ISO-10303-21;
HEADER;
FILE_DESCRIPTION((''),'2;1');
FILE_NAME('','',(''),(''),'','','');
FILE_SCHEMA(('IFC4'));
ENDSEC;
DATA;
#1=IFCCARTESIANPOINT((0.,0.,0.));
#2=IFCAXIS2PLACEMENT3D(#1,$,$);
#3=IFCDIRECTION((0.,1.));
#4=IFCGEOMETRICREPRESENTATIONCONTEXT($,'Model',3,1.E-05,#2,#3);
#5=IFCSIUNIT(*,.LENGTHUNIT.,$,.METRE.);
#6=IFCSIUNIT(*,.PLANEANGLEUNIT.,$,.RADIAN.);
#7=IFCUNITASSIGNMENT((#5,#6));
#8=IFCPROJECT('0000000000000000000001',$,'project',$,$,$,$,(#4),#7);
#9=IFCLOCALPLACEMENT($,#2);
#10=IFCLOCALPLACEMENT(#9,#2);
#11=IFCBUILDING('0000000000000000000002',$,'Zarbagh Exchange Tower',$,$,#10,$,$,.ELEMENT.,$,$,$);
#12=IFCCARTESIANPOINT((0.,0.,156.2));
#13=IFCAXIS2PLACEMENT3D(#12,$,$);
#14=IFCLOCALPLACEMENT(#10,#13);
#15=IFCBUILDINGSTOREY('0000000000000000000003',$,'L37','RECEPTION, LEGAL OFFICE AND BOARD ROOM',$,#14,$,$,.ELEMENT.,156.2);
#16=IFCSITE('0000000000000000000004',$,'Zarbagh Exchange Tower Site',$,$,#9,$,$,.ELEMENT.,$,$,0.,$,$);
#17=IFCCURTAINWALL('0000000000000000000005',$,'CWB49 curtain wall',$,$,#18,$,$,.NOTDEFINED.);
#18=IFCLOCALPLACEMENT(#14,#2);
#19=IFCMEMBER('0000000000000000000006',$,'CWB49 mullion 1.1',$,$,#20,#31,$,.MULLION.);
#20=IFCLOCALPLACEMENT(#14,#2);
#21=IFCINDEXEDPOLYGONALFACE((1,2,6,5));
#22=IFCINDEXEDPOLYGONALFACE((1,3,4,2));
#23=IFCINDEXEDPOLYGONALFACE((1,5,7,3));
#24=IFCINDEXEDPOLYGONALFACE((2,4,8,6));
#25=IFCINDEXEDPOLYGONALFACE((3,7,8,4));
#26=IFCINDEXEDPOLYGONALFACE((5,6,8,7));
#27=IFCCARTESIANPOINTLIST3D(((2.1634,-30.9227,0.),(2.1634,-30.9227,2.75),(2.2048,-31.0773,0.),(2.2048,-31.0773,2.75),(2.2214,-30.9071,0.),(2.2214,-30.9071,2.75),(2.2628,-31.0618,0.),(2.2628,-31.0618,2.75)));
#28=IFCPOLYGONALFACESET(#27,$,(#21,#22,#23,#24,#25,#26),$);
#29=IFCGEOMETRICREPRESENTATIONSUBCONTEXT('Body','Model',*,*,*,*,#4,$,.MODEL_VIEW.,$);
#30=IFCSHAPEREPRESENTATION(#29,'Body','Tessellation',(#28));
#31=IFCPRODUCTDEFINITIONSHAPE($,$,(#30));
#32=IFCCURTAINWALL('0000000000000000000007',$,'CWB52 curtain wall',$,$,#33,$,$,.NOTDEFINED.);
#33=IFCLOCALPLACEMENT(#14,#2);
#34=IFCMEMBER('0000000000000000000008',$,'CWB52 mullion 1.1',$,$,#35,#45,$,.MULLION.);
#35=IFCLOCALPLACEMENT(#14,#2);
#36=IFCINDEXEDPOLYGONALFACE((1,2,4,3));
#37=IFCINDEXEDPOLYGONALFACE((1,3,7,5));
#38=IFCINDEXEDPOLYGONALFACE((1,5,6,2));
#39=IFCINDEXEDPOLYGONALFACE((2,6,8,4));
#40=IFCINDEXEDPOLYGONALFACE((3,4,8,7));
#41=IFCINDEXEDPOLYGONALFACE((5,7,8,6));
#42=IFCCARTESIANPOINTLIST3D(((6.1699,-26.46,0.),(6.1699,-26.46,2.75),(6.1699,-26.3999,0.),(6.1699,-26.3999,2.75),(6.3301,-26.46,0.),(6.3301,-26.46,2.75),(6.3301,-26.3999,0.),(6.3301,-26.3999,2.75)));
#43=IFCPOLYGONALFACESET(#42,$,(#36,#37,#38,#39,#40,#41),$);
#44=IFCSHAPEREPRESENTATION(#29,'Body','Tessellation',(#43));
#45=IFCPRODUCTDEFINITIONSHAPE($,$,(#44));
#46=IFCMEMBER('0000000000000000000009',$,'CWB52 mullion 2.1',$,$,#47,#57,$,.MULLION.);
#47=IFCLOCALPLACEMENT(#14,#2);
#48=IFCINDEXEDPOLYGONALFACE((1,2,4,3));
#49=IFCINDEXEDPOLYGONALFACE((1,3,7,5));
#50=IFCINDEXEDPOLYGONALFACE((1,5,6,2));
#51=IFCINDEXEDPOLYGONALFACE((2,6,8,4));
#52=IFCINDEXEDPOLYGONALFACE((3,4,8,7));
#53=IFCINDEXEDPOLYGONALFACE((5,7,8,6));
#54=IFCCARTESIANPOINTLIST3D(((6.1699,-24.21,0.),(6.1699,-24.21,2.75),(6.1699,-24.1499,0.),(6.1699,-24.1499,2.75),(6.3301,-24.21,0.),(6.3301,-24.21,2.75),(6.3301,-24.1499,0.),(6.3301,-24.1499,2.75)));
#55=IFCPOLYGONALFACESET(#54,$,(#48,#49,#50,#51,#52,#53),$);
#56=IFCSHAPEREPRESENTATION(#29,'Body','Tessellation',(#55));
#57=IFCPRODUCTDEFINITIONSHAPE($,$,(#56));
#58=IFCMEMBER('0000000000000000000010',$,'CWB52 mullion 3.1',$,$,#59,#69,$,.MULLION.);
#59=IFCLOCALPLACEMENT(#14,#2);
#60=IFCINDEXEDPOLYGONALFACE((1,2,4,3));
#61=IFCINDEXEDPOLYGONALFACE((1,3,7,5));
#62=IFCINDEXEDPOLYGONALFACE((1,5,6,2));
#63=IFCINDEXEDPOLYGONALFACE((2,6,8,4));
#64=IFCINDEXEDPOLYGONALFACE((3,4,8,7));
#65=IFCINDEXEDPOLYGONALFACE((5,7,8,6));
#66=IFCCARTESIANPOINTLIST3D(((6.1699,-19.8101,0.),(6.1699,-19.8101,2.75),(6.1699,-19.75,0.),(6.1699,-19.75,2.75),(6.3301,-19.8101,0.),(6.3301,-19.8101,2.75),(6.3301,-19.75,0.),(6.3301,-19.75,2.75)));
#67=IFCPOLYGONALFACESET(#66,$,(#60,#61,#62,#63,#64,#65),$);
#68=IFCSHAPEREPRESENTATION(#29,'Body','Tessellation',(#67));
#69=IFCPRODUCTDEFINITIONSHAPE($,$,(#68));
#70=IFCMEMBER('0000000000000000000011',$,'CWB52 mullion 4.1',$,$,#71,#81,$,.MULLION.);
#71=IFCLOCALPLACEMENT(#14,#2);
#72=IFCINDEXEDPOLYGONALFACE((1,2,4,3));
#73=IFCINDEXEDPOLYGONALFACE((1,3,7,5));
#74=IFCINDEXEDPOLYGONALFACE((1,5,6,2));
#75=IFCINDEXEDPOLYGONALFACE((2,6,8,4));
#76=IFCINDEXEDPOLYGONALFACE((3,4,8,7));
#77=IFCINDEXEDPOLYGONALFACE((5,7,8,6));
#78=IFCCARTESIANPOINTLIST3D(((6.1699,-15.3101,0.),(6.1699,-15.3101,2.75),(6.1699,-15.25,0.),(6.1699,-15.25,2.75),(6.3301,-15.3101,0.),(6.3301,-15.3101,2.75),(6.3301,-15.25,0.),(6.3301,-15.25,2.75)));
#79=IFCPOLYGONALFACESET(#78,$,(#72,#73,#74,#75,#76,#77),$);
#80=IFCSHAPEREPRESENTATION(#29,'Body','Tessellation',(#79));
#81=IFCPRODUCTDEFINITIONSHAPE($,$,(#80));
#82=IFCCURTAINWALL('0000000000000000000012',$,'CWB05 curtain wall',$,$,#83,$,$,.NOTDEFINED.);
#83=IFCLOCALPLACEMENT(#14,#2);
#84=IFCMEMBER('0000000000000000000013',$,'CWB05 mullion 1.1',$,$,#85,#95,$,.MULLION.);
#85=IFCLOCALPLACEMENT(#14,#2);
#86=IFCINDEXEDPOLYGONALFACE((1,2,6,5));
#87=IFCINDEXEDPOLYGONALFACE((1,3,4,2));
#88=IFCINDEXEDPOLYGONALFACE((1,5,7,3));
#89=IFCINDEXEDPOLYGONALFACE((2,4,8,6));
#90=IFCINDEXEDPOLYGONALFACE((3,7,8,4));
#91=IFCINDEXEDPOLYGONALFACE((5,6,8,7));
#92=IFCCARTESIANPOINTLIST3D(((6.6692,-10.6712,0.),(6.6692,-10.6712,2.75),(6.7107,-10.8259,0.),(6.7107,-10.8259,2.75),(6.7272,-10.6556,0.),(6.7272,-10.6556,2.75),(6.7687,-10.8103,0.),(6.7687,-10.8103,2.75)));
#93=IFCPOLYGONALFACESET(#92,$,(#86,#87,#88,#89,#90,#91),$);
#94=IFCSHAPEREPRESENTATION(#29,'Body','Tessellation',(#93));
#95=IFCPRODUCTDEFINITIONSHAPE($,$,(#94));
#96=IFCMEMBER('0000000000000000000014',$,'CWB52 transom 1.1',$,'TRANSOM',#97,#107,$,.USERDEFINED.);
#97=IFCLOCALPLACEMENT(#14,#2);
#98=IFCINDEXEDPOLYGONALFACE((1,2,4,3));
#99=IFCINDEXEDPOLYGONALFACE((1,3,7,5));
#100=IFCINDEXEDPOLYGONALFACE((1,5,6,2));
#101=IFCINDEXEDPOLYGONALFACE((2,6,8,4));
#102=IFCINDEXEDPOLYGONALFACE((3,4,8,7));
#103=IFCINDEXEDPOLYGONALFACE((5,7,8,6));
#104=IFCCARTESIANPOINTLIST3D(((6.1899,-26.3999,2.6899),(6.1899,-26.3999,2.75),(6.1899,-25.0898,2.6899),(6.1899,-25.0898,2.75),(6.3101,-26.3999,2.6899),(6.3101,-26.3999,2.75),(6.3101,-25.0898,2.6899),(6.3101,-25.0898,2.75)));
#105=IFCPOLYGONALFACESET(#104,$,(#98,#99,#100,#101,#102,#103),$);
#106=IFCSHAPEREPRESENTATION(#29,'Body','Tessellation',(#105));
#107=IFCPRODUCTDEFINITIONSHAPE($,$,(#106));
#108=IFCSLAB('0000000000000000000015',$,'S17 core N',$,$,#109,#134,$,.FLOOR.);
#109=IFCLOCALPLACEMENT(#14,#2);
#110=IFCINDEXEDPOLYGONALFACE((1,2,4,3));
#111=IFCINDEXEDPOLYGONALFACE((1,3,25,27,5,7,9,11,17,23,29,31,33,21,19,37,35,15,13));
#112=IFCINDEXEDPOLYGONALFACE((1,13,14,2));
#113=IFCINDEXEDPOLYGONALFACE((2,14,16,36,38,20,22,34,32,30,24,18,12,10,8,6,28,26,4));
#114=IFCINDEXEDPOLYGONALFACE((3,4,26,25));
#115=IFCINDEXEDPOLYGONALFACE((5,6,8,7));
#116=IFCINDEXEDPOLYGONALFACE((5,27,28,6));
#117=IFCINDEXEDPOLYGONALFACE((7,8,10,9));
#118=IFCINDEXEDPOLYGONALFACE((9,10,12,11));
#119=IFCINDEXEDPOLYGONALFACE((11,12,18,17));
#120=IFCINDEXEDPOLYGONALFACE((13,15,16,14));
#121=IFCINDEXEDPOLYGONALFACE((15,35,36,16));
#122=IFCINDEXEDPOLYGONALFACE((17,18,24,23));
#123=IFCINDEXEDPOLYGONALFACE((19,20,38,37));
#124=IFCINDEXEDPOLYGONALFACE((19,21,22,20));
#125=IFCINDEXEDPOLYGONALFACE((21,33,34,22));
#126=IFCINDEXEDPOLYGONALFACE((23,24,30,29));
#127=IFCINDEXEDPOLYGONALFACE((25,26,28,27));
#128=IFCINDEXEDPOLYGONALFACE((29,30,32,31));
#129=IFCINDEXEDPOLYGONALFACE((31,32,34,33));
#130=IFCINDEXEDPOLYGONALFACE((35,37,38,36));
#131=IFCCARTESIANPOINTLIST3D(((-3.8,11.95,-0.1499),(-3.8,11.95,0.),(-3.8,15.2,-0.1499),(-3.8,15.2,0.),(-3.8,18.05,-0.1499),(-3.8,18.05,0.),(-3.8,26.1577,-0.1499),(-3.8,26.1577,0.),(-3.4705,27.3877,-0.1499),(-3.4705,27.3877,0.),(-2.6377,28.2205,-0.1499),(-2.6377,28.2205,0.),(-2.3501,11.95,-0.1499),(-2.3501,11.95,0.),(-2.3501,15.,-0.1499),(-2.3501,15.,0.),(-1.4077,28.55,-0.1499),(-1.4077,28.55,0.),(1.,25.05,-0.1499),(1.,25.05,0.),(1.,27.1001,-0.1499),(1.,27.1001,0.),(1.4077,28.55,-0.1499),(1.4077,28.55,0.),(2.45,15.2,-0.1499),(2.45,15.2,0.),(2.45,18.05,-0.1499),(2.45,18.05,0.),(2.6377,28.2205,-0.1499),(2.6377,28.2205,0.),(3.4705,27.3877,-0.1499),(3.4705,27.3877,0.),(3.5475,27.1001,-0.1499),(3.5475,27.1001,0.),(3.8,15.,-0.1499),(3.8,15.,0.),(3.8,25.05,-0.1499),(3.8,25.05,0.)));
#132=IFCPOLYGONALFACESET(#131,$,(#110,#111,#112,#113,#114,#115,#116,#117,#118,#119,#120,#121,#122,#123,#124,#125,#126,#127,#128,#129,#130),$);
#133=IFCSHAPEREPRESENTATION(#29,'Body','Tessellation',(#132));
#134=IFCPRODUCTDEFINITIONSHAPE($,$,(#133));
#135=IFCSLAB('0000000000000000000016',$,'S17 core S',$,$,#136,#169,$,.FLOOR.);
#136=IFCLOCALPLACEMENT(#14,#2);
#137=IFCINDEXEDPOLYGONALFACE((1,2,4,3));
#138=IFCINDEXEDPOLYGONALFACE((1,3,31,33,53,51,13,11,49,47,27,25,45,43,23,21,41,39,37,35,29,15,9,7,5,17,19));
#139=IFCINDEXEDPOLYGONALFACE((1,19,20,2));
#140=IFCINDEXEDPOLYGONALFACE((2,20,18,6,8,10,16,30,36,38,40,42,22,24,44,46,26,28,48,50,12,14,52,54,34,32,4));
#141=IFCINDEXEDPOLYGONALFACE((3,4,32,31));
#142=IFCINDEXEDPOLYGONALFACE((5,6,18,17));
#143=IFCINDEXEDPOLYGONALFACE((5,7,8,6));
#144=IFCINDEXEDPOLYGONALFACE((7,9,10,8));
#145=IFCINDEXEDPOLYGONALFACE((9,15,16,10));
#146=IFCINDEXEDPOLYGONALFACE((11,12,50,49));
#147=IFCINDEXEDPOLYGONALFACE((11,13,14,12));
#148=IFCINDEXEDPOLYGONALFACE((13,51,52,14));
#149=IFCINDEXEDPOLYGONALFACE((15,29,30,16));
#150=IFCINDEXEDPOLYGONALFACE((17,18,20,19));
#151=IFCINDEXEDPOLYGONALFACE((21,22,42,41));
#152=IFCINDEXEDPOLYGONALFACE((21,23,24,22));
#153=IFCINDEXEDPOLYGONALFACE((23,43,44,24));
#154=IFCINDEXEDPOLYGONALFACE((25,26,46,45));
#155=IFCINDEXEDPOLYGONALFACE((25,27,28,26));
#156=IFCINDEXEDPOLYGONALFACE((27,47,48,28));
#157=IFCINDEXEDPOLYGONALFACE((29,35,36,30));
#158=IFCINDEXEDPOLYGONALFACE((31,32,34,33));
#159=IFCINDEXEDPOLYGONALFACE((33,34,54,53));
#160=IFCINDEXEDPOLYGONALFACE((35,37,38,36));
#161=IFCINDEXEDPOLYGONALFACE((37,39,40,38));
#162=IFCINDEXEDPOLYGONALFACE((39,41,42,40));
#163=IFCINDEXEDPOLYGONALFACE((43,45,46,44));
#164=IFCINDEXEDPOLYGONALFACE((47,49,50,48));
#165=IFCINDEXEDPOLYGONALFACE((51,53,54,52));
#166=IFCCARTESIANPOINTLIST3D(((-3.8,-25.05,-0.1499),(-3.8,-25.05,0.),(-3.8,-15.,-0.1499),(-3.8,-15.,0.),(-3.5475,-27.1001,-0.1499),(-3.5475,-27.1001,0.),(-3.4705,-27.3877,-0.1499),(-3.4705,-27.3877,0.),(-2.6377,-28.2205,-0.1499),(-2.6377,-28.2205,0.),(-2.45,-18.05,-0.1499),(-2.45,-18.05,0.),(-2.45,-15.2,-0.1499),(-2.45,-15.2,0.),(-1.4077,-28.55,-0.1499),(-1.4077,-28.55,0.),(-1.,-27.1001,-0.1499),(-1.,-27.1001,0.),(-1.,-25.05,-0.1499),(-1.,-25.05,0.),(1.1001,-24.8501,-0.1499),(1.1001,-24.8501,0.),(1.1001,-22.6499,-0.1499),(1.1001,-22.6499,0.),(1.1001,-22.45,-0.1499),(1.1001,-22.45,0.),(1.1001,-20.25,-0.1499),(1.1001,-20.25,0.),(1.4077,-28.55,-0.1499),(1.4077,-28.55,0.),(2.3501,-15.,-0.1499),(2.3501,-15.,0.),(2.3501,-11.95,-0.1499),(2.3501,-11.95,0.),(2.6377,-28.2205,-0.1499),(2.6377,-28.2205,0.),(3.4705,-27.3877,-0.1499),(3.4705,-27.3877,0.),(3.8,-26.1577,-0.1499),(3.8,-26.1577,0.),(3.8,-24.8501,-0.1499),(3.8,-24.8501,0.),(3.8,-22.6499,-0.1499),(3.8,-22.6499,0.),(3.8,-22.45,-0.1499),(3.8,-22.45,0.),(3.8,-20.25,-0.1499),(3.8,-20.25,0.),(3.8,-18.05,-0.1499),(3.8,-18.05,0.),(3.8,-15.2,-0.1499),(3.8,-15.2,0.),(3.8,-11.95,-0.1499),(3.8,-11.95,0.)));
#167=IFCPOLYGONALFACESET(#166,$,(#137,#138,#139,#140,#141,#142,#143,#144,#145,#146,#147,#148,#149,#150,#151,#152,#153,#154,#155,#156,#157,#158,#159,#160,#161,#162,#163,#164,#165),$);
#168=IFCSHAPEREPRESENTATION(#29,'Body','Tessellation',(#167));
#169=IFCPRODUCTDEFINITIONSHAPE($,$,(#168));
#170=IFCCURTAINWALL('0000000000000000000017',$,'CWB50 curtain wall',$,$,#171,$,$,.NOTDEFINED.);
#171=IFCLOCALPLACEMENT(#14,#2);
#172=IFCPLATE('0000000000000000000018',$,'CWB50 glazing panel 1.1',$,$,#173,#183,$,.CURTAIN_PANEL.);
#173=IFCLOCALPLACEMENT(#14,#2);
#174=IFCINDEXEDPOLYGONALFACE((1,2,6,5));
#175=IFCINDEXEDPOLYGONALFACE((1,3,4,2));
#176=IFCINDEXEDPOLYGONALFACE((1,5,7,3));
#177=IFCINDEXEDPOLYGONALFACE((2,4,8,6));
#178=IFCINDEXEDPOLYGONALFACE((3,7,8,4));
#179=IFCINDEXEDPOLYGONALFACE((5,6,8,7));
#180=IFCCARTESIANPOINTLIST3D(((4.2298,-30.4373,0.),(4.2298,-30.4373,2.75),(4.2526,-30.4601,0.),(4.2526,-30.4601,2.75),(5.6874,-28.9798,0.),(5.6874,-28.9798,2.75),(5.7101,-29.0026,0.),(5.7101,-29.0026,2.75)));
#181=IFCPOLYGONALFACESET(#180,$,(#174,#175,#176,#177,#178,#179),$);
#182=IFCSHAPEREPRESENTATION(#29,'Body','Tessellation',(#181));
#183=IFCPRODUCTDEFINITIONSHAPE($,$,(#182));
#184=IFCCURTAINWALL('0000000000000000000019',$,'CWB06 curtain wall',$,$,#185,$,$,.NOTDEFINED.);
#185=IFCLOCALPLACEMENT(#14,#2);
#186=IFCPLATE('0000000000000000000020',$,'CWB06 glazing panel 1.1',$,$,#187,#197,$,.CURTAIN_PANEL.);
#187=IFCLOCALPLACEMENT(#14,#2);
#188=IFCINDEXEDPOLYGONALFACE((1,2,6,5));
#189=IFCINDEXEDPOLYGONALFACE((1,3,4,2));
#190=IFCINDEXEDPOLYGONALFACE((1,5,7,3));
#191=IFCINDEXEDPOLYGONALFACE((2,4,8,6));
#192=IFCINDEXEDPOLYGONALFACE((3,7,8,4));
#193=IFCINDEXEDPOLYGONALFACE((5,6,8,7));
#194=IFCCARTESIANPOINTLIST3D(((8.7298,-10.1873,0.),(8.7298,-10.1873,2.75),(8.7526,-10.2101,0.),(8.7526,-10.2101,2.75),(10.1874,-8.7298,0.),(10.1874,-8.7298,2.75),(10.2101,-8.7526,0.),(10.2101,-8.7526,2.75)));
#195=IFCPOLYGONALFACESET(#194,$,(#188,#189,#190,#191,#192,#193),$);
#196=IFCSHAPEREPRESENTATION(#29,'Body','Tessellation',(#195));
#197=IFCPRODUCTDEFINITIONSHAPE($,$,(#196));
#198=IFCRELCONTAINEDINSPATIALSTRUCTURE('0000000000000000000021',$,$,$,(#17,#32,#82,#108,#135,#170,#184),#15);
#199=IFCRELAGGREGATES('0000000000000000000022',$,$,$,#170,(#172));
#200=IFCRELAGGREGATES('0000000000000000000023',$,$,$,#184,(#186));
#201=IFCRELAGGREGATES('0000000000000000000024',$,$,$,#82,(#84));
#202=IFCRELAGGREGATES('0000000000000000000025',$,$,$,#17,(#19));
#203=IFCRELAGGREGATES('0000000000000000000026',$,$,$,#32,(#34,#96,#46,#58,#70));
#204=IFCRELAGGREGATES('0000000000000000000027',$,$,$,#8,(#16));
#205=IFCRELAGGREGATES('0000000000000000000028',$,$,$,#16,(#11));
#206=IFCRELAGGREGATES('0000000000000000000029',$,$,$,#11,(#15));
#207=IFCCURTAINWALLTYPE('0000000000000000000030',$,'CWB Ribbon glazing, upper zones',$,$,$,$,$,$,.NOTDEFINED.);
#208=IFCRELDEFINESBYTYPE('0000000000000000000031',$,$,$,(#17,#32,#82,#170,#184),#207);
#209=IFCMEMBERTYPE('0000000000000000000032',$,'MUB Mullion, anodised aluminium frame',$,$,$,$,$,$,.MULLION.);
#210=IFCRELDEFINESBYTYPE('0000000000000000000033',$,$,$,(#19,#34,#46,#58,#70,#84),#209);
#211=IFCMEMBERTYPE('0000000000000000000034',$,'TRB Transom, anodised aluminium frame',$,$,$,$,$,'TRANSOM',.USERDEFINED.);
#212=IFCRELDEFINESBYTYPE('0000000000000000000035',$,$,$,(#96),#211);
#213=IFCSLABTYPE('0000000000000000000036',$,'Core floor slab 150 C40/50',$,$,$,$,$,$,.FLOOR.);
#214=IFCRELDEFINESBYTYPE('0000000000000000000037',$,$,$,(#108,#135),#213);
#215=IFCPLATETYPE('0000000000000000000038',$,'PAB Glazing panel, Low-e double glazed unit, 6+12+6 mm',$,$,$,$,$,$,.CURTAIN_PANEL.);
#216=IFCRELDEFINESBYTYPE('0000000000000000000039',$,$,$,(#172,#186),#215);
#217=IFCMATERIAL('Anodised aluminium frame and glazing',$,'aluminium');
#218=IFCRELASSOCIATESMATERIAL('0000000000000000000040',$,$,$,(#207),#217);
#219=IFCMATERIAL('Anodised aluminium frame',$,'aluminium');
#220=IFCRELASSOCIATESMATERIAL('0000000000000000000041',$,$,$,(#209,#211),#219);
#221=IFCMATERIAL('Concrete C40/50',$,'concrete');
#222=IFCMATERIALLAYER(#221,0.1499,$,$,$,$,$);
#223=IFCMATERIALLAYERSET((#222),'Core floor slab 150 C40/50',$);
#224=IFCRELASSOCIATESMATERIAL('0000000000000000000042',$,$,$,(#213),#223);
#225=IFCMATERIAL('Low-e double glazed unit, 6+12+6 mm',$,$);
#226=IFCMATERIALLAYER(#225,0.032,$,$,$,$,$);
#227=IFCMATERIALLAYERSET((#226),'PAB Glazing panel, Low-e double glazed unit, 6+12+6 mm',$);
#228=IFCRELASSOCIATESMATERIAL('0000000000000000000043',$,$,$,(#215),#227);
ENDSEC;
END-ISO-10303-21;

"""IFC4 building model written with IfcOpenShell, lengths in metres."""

from ifc_helpers import new_model, si_unit, direction, frame, origin, place, context, subcontext, project, spatial, polyline, outline, extrude, source, transform, mapped, material, layer, layer_set, type_object, element, aggregate, save


model = new_model("IFC4")

# Units and contexts
model_context = context("Model", 3, precision=1e-05, world=origin(), true_north=direction((0.0, 1.0)))
body_context = subcontext(model_context, "Body", "Model", "MODEL_VIEW")
ifc_project = project(units=[si_unit("LENGTHUNIT", "METRE"), si_unit("PLANEANGLEUNIT", "RADIAN")], contexts=[model_context])

# Site, building, storey
site_placement = place(None, origin())
site = spatial("IfcSite", under=ifc_project, at=site_placement, Name="Zarbagh Exchange Tower Site", CompositionType="ELEMENT", RefElevation=0.0)
building_placement = place(site_placement, origin())
building = spatial("IfcBuilding", under=site, at=building_placement, Name="Zarbagh Exchange Tower", CompositionType="ELEMENT")
storey_placement = place(building_placement, frame((0.0, 0.0, 156.2)))
storey = spatial("IfcBuildingStorey", under=building, at=storey_placement, Name="L37", Description="RECEPTION, LEGAL OFFICE AND BOARD ROOM", CompositionType="ELEMENT", Elevation=156.2)

# Curtain wall, member
ifc_material_1 = material(Name="Anodised aluminium frame and glazing", Category="aluminium")
curtain_wall_type = type_object("IfcCurtainWallType", Name="CWB Ribbon glazing, upper zones", PredefinedType="NOTDEFINED", material=ifc_material_1)
curtain_wall_1_placement = place(storey_placement, origin())
curtain_wall_1 = element("IfcCurtainWall", 1, at=curtain_wall_1_placement, inside=storey, type_object=curtain_wall_type, Name="CWB49 curtain wall", PredefinedType="NOTDEFINED")
ifc_material_2 = material(Name="Anodised aluminium frame", Category="aluminium")
member_type_1 = type_object("IfcMemberType", Name="MUB Mullion, anodised aluminium frame", PredefinedType="MULLION", material=ifc_material_2)
shared_shape_1 = source(origin(), body_context, "Body", "SweptSolid", [
    extrude(outline(polyline([(0.0, -0.0801), (0.0601, -0.0801), (0.0601, 0.0801), (0.0, 0.0801), (0.0, -0.0801)])), origin(), (0.0, 0.0, 1.0), 2.75),
])
placement = place(storey_placement, origin())
member_1 = element("IfcMember", 2, at=placement, type_object=member_type_1, Name="CWB49 mullion 1.1", PredefinedType="MULLION", context=body_context, shape_type="MappedRepresentation", body=[
    mapped(shared_shape_1, transform((2.1841, -31.0, 0.0), x_axis=(0.965924, 0.258825, 0.0), y_axis=(-0.258825, 0.965924, 0.0), z_axis=(0.0, 0.0, 1.0))),
])

# Curtain wall, members
curtain_wall_2_placement = place(storey_placement, origin())
curtain_wall_2 = element("IfcCurtainWall", 3, at=curtain_wall_2_placement, inside=storey, type_object=curtain_wall_type, Name="CWB52 curtain wall", PredefinedType="NOTDEFINED")
member_2 = element("IfcMember", 4, at=placement, type_object=member_type_1, Name="CWB52 mullion 1.1", PredefinedType="MULLION", context=body_context, shape_type="MappedRepresentation", body=[
    mapped(shared_shape_1, transform((6.25, -26.46, 0.0), x_axis=(0.0, 1.0, 0.0), y_axis=(-1.0, 0.0, 0.0), z_axis=(0.0, 0.0, 1.0))),
])
member_3 = element("IfcMember", 5, at=placement, type_object=member_type_1, Name="CWB52 mullion 2.1", PredefinedType="MULLION", context=body_context, shape_type="MappedRepresentation", body=[
    mapped(shared_shape_1, transform((6.25, -24.21, 0.0), x_axis=(0.0, 1.0, 0.0), y_axis=(-1.0, 0.0, 0.0), z_axis=(0.0, 0.0, 1.0))),
])
member_4 = element("IfcMember", 6, at=placement, type_object=member_type_1, Name="CWB52 mullion 3.1", PredefinedType="MULLION", context=body_context, shape_type="MappedRepresentation", body=[
    mapped(shared_shape_1, transform((6.25, -19.8101, 0.0), x_axis=(0.0, 1.0, 0.0), y_axis=(-1.0, 0.0, 0.0), z_axis=(0.0, 0.0, 1.0))),
])
member_5 = element("IfcMember", 7, at=placement, type_object=member_type_1, Name="CWB52 mullion 4.1", PredefinedType="MULLION", context=body_context, shape_type="MappedRepresentation", body=[
    mapped(shared_shape_1, transform((6.25, -15.3101, 0.0), x_axis=(0.0, 1.0, 0.0), y_axis=(-1.0, 0.0, 0.0), z_axis=(0.0, 0.0, 1.0))),
])

# Curtain wall, member
curtain_wall_3_placement = place(storey_placement, origin())
curtain_wall_3 = element("IfcCurtainWall", 8, at=curtain_wall_3_placement, inside=storey, type_object=curtain_wall_type, Name="CWB05 curtain wall", PredefinedType="NOTDEFINED")
member_6 = element("IfcMember", 9, at=placement, type_object=member_type_1, Name="CWB05 mullion 1.1", PredefinedType="MULLION", context=body_context, shape_type="MappedRepresentation", body=[
    mapped(shared_shape_1, transform((6.6899, -10.7485, 0.0), x_axis=(0.965924, 0.258825, 0.0), y_axis=(-0.258825, 0.965924, 0.0), z_axis=(0.0, 0.0, 1.0))),
])

# Member
member_type_2 = type_object("IfcMemberType", Name="TRB Transom, anodised aluminium frame", ElementType="TRANSOM", PredefinedType="USERDEFINED", material=ifc_material_2)
shared_shape_2 = source(origin(), body_context, "Body", "SweptSolid", [
    extrude(outline(polyline([(-0.0601, -0.0601), (0.0, -0.0601), (0.0, 0.0601), (-0.0601, 0.0601), (-0.0601, -0.0601)])), origin(), (0.0, 0.0, 1.0), 1.3101),
])
member_7 = element("IfcMember", 10, at=placement, type_object=member_type_2, Name="CWB52 transom 1.1", ObjectType="TRANSOM", PredefinedType="USERDEFINED", context=body_context, shape_type="MappedRepresentation", body=[
    mapped(shared_shape_2, transform((6.25, -26.3999, 2.75), x_axis=(0.0, 0.0, 1.0), y_axis=(1.0, 0.0, 0.0), z_axis=(0.0, 1.0, 0.0))),
])

# Slabs
ifc_material_3 = material(Name="Concrete C40/50", Category="concrete")
ifc_layer_1 = layer(ifc_material_3, 0.1499)
ifc_layer_set_1 = layer_set([ifc_layer_1], Name="Core floor slab 150 C40/50")
slab_type = type_object("IfcSlabType", Name="Core floor slab 150 C40/50", PredefinedType="FLOOR", material=ifc_layer_set_1)
slab_1_placement = place(storey_placement, frame((0.0, 0.0, -0.1499)))
element("IfcSlab", 11, at=slab_1_placement, inside=storey, type_object=slab_type, Name="S17 core N", PredefinedType="FLOOR", context=body_context, shape_type="SweptSolid", body=[
    extrude(outline(polyline([(-3.8, 11.95), (-3.8, 15.2), (2.45, 15.2), (2.45, 18.05), (-3.8, 18.05), (-3.8, 26.1577), (-3.4705, 27.3877), (-2.6377, 28.2205), (-1.4077, 28.55), (1.4077, 28.55), (2.6377, 28.2205), (3.4705, 27.3877), (3.8, 26.1577), (3.8, 26.1577), (3.5476, 27.1001), (1.0, 27.1001), (1.0, 25.05), (3.8, 25.05), (3.8, 15.0), (-2.3501, 15.0), (-2.3501, 11.95), (-3.8, 11.95)])), origin(), (0.0, 0.0, 1.0), 0.1499),
])
slab_2_placement = place(storey_placement, frame((0.0, 0.0, -0.1499)))
element("IfcSlab", 12, at=slab_2_placement, inside=storey, type_object=slab_type, Name="S17 core S", PredefinedType="FLOOR", context=body_context, shape_type="SweptSolid", body=[
    extrude(outline(polyline([(-2.6377, -28.2205), (-3.4705, -27.3877), (-3.8, -26.1577), (-3.8, -26.1577), (-3.5476, -27.1001), (-1.0, -27.1001), (-1.0, -25.05), (-3.8, -25.05), (-3.8, -15.0), (2.3501, -15.0), (2.3501, -11.95), (3.8, -11.95), (3.8, -15.2), (-2.45, -15.2), (-2.45, -18.05), (3.8, -18.05), (3.8, -20.25), (1.1001, -20.25), (1.1001, -22.45), (3.8, -22.45), (3.8, -22.6499), (1.1001, -22.6499), (1.1001, -24.8501), (3.8, -24.8501), (3.8, -26.1577), (3.4705, -27.3877), (2.6377, -28.2205), (1.4077, -28.55), (-1.4077, -28.55), (-2.6377, -28.2205)])), origin(), (0.0, 0.0, 1.0), 0.1499),
])

# Curtain walls, plates
curtain_wall_4_placement = place(storey_placement, origin())
curtain_wall_4 = element("IfcCurtainWall", 13, at=curtain_wall_4_placement, inside=storey, type_object=curtain_wall_type, Name="CWB50 curtain wall", PredefinedType="NOTDEFINED")
ifc_material_4 = material(Name="Low-e double glazed unit, 6+12+6 mm")
ifc_layer_2 = layer(ifc_material_4, 0.032)
ifc_layer_set_2 = layer_set([ifc_layer_2], Name="PAB Glazing panel, Low-e double glazed unit, 6+12+6 mm")
plate_type = type_object("IfcPlateType", Name="PAB Glazing panel, Low-e double glazed unit, 6+12+6 mm", PredefinedType="CURTAIN_PANEL", material=ifc_layer_set_2)
shared_shape_3 = source(origin(), body_context, "Body", "SweptSolid", [
    extrude(outline(polyline([(0.0, -0.0161), (2.0613, -0.0161), (2.0613, 0.0161), (0.0, 0.0161), (0.0, -0.0161)])), origin(), (0.0, 0.0, 1.0), 2.75),
])
plate_1 = element("IfcPlate", 14, at=placement, type_object=plate_type, Name="CWB50 glazing panel 1.1", PredefinedType="CURTAIN_PANEL", context=body_context, shape_type="MappedRepresentation", body=[
    mapped(shared_shape_3, transform((4.2412, -30.4487, 0.0), x_axis=(0.707107, 0.707107, 0.0), y_axis=(-0.707107, 0.707107, 0.0), z_axis=(0.0, 0.0, 1.0))),
])
aggregate(curtain_wall_4, [plate_1])
curtain_wall_5_placement = place(storey_placement, origin())
curtain_wall_5 = element("IfcCurtainWall", 15, at=curtain_wall_5_placement, inside=storey, type_object=curtain_wall_type, Name="CWB06 curtain wall", PredefinedType="NOTDEFINED")
plate_2 = element("IfcPlate", 16, at=placement, type_object=plate_type, Name="CWB06 glazing panel 1.1", PredefinedType="CURTAIN_PANEL", context=body_context, shape_type="MappedRepresentation", body=[
    mapped(shared_shape_3, transform((8.7412, -10.1987, 0.0), x_axis=(0.707107, 0.707107, 0.0), y_axis=(-0.707107, 0.707107, 0.0), z_axis=(0.0, 0.0, 1.0))),
])
aggregate(curtain_wall_5, [plate_2])

aggregate(curtain_wall_3, [member_6])
aggregate(curtain_wall_1, [member_1])

aggregate(curtain_wall_2, [member_2, member_7, member_3, member_4, member_5])

save(model, "model.ifc")
